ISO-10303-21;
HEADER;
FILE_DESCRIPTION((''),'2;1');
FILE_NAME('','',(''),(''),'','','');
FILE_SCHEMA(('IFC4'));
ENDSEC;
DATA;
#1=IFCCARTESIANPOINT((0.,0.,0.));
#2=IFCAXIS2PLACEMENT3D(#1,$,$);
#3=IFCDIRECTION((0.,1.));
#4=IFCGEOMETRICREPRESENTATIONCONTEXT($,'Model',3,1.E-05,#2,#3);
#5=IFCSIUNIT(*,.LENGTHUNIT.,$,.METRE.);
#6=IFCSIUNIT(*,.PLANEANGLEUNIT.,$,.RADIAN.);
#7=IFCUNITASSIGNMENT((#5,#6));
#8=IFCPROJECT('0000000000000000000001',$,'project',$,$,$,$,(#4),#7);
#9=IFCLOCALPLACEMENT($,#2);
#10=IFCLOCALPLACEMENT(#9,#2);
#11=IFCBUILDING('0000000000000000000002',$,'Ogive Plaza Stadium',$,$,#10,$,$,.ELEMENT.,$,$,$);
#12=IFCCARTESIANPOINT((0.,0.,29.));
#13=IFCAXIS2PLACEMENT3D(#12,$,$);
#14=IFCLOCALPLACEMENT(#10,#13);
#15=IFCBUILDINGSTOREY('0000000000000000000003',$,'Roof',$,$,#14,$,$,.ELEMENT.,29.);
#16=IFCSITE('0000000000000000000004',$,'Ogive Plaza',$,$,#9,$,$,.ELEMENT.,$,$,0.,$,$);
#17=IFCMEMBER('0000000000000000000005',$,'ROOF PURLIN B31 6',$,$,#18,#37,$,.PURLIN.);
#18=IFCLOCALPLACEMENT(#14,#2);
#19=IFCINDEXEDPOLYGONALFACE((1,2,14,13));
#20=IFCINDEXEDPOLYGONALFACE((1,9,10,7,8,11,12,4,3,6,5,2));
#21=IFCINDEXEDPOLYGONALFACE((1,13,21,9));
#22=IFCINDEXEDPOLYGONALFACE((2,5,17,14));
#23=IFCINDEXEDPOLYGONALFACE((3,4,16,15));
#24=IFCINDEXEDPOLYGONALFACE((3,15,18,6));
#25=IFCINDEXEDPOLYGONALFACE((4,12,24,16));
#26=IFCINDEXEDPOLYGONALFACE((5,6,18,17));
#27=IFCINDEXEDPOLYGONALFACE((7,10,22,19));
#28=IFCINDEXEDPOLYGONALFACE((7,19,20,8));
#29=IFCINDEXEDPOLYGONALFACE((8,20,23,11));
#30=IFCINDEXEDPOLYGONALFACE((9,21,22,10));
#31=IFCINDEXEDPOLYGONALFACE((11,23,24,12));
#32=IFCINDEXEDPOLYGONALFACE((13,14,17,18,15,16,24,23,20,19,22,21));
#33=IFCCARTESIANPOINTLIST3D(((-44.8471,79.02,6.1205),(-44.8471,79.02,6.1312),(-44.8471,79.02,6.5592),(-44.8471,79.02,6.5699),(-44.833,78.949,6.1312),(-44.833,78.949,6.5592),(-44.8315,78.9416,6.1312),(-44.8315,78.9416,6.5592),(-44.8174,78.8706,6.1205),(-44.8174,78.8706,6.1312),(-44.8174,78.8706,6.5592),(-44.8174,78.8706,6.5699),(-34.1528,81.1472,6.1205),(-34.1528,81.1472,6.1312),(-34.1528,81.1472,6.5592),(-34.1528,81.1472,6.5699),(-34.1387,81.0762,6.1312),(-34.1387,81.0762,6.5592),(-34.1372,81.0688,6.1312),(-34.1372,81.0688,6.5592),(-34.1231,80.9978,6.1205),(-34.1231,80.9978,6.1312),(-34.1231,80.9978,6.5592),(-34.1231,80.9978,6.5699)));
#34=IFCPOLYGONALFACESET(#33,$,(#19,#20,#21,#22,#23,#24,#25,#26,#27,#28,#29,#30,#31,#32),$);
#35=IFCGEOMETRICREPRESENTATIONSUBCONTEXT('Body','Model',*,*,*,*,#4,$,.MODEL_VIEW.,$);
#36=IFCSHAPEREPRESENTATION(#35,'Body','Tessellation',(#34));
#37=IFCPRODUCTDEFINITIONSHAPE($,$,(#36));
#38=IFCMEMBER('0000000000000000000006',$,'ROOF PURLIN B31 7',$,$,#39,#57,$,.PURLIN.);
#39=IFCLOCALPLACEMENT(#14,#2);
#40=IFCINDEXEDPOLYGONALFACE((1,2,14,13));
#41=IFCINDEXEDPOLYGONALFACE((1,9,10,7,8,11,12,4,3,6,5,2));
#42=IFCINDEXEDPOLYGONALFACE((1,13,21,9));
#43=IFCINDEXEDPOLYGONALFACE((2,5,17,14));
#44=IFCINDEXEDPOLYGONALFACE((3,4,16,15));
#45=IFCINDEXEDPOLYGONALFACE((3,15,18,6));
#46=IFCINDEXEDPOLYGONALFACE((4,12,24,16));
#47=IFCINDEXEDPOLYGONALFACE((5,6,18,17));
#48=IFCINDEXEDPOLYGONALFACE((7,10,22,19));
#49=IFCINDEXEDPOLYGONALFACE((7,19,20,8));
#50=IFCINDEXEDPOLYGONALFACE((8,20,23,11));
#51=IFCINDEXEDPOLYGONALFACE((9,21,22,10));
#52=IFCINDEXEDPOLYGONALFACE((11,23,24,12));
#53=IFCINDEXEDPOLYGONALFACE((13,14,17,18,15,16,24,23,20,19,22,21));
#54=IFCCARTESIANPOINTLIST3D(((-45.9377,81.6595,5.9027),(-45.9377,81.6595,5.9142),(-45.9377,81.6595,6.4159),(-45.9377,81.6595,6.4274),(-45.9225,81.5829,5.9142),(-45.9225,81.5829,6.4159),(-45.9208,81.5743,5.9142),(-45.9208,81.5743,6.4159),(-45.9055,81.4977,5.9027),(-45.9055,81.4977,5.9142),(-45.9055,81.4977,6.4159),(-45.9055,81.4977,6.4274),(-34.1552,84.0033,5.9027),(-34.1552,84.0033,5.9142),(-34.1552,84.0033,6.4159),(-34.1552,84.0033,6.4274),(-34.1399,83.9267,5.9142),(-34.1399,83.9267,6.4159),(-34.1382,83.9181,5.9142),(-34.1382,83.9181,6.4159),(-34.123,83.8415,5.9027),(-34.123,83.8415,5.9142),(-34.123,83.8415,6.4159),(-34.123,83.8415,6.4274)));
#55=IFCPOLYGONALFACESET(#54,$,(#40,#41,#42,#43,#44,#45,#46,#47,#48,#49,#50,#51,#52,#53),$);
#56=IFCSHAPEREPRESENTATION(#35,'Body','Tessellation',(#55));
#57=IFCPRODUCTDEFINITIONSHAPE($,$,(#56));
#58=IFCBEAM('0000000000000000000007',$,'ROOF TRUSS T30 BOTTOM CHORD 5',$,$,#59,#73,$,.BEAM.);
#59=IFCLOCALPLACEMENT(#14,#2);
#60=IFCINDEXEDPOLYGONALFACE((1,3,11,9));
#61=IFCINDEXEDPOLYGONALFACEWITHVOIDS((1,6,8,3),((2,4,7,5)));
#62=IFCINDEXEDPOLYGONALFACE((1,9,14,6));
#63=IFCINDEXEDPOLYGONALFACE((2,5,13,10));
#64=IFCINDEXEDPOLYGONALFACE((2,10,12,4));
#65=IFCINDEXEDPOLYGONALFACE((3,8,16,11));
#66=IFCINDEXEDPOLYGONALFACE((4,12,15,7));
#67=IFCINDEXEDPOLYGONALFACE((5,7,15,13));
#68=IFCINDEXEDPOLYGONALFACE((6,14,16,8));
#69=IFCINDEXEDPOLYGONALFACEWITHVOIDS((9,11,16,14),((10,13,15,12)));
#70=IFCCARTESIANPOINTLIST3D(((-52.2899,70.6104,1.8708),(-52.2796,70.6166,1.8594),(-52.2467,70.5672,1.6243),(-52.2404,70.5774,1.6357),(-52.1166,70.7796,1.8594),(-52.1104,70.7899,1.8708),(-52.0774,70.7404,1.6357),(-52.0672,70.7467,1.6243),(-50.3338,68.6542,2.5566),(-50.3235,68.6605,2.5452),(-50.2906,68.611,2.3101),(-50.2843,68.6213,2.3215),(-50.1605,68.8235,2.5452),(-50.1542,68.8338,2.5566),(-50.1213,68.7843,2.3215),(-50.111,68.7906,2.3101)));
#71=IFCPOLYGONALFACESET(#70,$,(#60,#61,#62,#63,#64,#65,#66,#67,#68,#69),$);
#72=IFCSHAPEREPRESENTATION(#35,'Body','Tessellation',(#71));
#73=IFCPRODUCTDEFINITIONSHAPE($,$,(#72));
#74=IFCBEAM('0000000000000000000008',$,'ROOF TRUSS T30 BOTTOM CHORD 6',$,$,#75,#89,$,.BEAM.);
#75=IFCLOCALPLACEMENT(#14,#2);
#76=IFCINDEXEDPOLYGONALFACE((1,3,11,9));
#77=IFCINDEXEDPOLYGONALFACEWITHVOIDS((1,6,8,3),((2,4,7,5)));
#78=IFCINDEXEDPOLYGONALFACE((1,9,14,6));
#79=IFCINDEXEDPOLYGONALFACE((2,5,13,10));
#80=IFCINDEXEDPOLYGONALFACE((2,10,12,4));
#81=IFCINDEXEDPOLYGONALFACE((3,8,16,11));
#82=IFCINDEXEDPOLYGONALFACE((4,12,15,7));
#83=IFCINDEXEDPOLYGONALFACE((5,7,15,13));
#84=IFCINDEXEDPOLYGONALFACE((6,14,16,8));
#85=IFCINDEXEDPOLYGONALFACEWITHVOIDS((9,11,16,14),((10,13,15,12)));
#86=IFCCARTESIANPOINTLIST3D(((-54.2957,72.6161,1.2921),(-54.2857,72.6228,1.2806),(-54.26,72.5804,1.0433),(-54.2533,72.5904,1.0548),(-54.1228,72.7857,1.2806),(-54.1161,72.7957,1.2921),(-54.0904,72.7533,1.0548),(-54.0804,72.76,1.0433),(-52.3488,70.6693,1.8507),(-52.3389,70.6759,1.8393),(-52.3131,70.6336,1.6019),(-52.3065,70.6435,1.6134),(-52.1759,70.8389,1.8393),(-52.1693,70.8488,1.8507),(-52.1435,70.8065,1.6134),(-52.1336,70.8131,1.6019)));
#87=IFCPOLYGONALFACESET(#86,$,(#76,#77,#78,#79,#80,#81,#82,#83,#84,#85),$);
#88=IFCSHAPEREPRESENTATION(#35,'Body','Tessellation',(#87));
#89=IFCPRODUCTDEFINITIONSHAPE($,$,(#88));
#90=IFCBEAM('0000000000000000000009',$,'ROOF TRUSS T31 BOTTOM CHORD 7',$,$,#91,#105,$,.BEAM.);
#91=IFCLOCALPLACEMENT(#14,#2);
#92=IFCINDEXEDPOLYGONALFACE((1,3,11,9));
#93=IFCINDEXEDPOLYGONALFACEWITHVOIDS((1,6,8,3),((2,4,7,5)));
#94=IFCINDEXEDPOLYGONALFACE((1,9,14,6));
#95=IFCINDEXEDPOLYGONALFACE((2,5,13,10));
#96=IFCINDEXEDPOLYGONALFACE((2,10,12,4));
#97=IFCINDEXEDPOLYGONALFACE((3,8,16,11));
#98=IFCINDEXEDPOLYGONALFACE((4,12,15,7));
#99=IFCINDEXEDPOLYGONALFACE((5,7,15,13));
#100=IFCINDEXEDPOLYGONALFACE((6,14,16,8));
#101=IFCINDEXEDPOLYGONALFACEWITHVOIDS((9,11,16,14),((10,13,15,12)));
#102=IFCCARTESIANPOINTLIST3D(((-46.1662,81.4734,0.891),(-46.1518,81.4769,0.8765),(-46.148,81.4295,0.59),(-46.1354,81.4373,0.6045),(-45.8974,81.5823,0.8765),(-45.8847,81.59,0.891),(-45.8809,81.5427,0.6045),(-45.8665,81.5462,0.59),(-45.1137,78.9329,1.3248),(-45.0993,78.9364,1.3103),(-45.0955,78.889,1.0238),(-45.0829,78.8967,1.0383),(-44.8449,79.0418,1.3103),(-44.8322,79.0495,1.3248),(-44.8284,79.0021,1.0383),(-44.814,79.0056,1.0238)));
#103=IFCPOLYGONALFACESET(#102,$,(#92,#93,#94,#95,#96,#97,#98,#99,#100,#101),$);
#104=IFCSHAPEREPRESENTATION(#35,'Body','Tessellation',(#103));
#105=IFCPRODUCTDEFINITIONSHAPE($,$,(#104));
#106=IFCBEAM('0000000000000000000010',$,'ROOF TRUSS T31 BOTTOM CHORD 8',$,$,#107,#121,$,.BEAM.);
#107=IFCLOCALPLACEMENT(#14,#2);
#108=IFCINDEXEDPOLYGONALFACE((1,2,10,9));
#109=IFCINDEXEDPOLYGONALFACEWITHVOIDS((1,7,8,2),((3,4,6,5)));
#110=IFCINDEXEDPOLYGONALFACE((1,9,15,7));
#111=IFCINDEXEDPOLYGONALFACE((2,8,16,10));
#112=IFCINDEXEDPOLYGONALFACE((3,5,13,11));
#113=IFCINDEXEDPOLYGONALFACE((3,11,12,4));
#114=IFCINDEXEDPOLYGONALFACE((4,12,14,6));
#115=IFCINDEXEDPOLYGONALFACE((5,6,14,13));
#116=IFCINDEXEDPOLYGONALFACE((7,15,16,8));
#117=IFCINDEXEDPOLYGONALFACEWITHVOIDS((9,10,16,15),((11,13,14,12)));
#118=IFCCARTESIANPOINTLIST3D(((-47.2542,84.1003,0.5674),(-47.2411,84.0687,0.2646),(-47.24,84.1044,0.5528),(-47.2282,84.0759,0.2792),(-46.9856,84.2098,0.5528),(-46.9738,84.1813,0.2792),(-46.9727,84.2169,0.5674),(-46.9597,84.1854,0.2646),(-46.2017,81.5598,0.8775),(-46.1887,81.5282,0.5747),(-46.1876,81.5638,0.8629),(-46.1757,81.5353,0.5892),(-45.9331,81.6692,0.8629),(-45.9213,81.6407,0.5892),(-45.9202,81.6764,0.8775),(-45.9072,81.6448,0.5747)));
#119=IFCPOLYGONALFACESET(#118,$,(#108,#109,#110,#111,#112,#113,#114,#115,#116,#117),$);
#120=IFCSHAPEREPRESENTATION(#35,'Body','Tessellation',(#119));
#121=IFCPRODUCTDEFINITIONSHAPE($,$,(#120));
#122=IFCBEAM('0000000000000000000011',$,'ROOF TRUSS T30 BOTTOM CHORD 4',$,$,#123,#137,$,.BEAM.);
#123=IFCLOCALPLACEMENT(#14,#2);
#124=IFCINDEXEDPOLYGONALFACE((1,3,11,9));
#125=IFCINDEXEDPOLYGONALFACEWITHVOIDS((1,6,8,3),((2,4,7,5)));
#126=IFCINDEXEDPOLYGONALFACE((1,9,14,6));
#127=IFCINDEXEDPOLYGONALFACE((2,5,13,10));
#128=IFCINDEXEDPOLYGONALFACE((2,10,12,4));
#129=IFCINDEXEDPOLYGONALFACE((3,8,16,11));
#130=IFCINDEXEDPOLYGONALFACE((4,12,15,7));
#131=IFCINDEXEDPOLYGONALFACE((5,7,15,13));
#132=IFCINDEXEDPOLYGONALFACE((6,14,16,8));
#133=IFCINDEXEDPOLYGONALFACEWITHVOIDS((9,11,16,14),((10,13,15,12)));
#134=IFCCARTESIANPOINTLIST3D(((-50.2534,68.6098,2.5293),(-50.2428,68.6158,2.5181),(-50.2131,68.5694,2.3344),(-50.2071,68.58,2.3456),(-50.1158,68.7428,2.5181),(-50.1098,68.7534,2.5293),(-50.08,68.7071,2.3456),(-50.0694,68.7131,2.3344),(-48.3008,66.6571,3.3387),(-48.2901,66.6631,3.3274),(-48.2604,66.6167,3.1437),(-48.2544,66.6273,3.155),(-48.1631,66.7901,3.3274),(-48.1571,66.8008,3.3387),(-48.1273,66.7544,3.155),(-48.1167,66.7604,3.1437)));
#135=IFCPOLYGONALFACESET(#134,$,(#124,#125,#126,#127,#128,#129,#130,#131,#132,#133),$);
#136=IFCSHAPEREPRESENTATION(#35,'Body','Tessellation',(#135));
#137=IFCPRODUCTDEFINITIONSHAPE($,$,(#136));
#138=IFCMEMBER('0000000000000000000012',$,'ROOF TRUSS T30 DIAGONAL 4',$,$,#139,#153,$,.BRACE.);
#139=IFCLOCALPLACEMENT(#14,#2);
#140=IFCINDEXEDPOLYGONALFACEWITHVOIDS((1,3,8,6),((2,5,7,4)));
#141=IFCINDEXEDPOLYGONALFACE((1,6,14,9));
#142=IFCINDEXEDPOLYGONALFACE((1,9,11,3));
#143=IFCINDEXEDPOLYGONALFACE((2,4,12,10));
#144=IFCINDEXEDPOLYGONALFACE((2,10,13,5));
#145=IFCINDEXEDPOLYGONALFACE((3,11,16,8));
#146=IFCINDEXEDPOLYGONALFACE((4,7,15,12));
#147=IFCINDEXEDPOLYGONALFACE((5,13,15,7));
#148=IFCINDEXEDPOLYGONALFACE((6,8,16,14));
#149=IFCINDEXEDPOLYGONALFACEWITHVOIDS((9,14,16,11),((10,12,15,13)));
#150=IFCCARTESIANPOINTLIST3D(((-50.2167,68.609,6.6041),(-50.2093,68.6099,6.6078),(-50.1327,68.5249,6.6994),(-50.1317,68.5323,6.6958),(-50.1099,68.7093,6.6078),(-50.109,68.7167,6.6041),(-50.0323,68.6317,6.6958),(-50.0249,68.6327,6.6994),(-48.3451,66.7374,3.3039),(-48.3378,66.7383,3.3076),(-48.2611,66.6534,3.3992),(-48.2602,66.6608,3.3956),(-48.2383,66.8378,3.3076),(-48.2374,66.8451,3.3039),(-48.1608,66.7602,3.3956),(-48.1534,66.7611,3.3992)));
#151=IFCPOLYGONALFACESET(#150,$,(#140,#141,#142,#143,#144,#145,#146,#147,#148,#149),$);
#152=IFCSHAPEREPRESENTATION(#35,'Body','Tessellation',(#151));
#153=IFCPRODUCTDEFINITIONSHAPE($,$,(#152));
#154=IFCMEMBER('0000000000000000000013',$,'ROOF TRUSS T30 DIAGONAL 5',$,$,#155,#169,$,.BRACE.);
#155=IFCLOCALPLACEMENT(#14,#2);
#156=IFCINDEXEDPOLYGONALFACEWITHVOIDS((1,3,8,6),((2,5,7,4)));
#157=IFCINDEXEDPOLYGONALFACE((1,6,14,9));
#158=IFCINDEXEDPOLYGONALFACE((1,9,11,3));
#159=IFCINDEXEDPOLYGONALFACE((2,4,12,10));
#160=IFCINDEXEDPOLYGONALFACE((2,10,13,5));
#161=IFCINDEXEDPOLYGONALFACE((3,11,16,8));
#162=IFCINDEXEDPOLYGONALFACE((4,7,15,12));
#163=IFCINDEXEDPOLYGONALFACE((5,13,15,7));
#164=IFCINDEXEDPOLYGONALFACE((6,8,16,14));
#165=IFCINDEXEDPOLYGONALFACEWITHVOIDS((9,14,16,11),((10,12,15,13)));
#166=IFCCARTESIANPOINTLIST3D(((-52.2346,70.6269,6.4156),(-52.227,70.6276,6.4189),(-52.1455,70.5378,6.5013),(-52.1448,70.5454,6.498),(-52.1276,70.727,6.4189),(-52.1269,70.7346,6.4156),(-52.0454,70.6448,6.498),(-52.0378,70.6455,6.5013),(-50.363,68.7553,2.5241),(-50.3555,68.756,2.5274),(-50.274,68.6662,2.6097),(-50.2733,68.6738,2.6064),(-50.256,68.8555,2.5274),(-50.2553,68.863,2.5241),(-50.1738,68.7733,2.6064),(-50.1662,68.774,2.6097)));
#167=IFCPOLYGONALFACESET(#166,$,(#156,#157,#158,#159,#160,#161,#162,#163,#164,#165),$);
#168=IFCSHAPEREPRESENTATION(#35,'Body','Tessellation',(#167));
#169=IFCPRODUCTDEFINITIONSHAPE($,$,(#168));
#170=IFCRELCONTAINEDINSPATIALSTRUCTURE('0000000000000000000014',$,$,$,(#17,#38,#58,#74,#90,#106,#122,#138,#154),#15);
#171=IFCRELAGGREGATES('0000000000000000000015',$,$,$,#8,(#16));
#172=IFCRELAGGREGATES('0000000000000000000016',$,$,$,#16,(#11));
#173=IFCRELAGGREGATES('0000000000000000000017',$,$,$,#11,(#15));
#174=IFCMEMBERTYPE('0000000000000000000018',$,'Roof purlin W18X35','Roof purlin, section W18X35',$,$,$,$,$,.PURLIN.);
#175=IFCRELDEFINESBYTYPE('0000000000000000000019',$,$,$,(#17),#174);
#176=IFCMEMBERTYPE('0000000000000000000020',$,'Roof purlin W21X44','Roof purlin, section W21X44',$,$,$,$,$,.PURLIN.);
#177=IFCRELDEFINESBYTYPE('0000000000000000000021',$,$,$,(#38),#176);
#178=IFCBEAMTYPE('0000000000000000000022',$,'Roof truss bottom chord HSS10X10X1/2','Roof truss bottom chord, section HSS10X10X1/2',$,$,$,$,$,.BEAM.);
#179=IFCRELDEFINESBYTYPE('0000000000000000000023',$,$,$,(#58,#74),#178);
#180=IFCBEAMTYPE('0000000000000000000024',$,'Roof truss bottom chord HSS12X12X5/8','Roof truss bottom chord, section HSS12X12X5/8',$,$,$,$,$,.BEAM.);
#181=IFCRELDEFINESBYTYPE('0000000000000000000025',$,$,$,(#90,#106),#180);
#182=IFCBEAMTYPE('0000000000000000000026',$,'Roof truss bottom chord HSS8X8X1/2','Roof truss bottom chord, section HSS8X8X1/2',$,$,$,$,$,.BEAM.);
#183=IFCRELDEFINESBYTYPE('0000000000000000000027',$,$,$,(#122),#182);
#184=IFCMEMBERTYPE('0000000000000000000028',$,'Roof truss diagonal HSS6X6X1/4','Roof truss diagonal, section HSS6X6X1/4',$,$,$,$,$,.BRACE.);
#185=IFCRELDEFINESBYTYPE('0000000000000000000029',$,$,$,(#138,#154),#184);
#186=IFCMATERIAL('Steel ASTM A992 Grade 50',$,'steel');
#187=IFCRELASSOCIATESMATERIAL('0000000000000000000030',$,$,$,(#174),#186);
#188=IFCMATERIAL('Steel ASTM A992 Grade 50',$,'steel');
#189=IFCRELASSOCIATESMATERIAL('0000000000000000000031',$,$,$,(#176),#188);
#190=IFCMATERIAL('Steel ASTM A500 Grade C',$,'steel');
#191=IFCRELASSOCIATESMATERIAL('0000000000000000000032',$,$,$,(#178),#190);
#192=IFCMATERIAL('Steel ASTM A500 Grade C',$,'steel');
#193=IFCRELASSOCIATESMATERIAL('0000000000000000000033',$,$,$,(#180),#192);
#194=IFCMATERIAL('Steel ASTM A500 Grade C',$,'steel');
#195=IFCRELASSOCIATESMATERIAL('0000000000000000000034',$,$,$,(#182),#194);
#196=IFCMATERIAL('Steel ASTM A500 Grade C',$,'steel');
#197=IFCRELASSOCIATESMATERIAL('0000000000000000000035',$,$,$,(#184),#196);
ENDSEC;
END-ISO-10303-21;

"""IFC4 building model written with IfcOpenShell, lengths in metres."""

from ifc_helpers import new_model, si_unit, direction, frame, origin, origin_2d, place, context, subcontext, project, spatial, hollow_rectangle, i_section, extrude, material, material_profile, profile_set, type_object, element, save


model = new_model("IFC4")

# Units and contexts
model_context = context("Model", 3, precision=1e-05, world=origin(), true_north=direction((0.0, 1.0)))
body_context = subcontext(model_context, "Body", "Model", "MODEL_VIEW")
ifc_project = project(units=[si_unit("LENGTHUNIT", "METRE"), si_unit("PLANEANGLEUNIT", "RADIAN")], contexts=[model_context])

# Site, building, storey
site_placement = place(None, origin())
site = spatial("IfcSite", under=ifc_project, at=site_placement, Name="Ogive Plaza", CompositionType="ELEMENT", RefElevation=0.0)
building_placement = place(site_placement, origin())
building = spatial("IfcBuilding", under=site, at=building_placement, Name="Ogive Plaza Stadium", CompositionType="ELEMENT")
storey_placement = place(building_placement, frame((0.0, 0.0, 29.0)))
storey = spatial("IfcBuildingStorey", under=building, at=storey_placement, Name="Roof", CompositionType="ELEMENT", Elevation=29.0)

# Members
ifc_material_1 = material(Name="Steel ASTM A992 Grade 50", Category="steel")
ifc_material_profile_1 = material_profile(ifc_material_1, i_section(OverallWidth=0.1523, OverallDepth=0.4495, WebThickness=0.0076, FlangeThickness=0.0107, at=origin_2d()), Name="W18X35")
ifc_profile_set_1 = profile_set([ifc_material_profile_1], Name="Steel ASTM A992 Grade 50")
member_type_1 = type_object("IfcMemberType", Name="Roof purlin W18X35", Description="Roof purlin, section W18X35", PredefinedType="PURLIN", material=ifc_profile_set_1)
member_1_placement = place(storey_placement, frame((-44.8323, 78.9453, 6.3452), z_axis=(0.980786, 0.195087, 0.0), x_axis=(-0.195087, 0.980786, 0.0)))
element("IfcMember", 1, at=member_1_placement, inside=storey, type_object=member_type_1, Name="ROOF PURLIN B31 6", PredefinedType="PURLIN", context=body_context, shape_type="SweptSolid", body=[
    extrude(i_section(OverallWidth=0.1523, OverallDepth=0.4495, WebThickness=0.0076, FlangeThickness=0.0107, at=origin_2d()), origin(), (0.0, 0.0, 1.0), 10.9038),
])
ifc_material_2 = material(Name="Steel ASTM A992 Grade 50", Category="steel")
ifc_material_profile_2 = material_profile(ifc_material_2, i_section(OverallWidth=0.165, OverallDepth=0.5247, WebThickness=0.0088, FlangeThickness=0.0115, at=origin_2d()), Name="W21X44")
ifc_profile_set_2 = profile_set([ifc_material_profile_2], Name="Steel ASTM A992 Grade 50")
member_type_2 = type_object("IfcMemberType", Name="Roof purlin W21X44", Description="Roof purlin, section W21X44", PredefinedType="PURLIN", material=ifc_profile_set_2)
member_2_placement = place(storey_placement, frame((-45.9216, 81.5786, 6.165), z_axis=(0.980784, 0.195096, 0.0), x_axis=(-0.195096, 0.980784, 0.0)))
element("IfcMember", 2, at=member_2_placement, inside=storey, type_object=member_type_2, Name="ROOF PURLIN B31 7", PredefinedType="PURLIN", context=body_context, shape_type="SweptSolid", body=[
    extrude(i_section(OverallWidth=0.165, OverallDepth=0.5247, WebThickness=0.0088, FlangeThickness=0.0115, at=origin_2d()), origin(), (0.0, 0.0, 1.0), 12.0134),
])

# Beams
ifc_material_3 = material(Name="Steel ASTM A500 Grade C", Category="steel")
ifc_material_profile_3 = material_profile(ifc_material_3, hollow_rectangle(XDim=0.2539, YDim=0.2539, WallThickness=0.0117, at=origin_2d()), Name="HSS10X10X1/2")
ifc_profile_set_3 = profile_set([ifc_material_profile_3], Name="Steel ASTM A500 Grade C")
beam_type_1 = type_object("IfcBeamType", Name="Roof truss bottom chord HSS10X10X1/2", Description="Roof truss bottom chord, section HSS10X10X1/2", PredefinedType="BEAM", material=ifc_profile_set_3)
beam_1_placement = place(storey_placement, frame((-50.2224, 68.7224, 2.4333), z_axis=(-0.68633, 0.68633, -0.240627), x_axis=(-0.707107, -0.707107, 0.0)))
element("IfcBeam", 3, at=beam_1_placement, inside=storey, type_object=beam_type_1, Name="ROOF TRUSS T30 BOTTOM CHORD 5", PredefinedType="BEAM", context=body_context, shape_type="SweptSolid", body=[
    extrude(hollow_rectangle(XDim=0.2539, YDim=0.2539, WallThickness=0.0117, at=origin_2d()), origin(), (0.0, 0.0, 1.0), 2.8501),
])
beam_2_placement = place(storey_placement, frame((-52.2412, 70.7412, 1.7263), z_axis=(-0.692987, 0.692987, -0.198841), x_axis=(-0.707107, -0.707107, 0.0)))
element("IfcBeam", 4, at=beam_2_placement, inside=storey, type_object=beam_type_1, Name="ROOF TRUSS T30 BOTTOM CHORD 6", PredefinedType="BEAM", context=body_context, shape_type="SweptSolid", body=[
    extrude(hollow_rectangle(XDim=0.2539, YDim=0.2539, WallThickness=0.0117, at=origin_2d()), origin(), (0.0, 0.0, 1.0), 2.8093),
])
ifc_material_4 = material(Name="Steel ASTM A500 Grade C", Category="steel")
ifc_material_profile_4 = material_profile(ifc_material_4, hollow_rectangle(XDim=0.3047, YDim=0.3047, WallThickness=0.0146, at=origin_2d()), Name="HSS12X12X5/8")
ifc_profile_set_4 = profile_set([ifc_material_profile_4], Name="Steel ASTM A500 Grade C")
beam_type_2 = type_object("IfcBeamType", Name="Roof truss bottom chord HSS12X12X5/8", Description="Roof truss bottom chord, section HSS12X12X5/8", PredefinedType="BEAM", material=ifc_profile_set_4)
beam_3_placement = place(storey_placement, frame((-44.9639, 78.9692, 1.1743), z_axis=(-0.37806, 0.912571, -0.155837), x_axis=(-0.923858, -0.382736, 0.0)))
element("IfcBeam", 5, at=beam_3_placement, inside=storey, type_object=beam_type_2, Name="ROOF TRUSS T31 BOTTOM CHORD 7", PredefinedType="BEAM", context=body_context, shape_type="SweptSolid", body=[
    extrude(hollow_rectangle(XDim=0.3047, YDim=0.3047, WallThickness=0.0146, at=origin_2d()), origin(), (0.0, 0.0, 1.0), 2.7839),
])
beam_4_placement = place(storey_placement, frame((-46.0544, 81.6023, 0.7261), z_axis=(-0.380326, 0.918041, -0.112042), x_axis=(-0.923858, -0.382736, 0.0)))
element("IfcBeam", 6, at=beam_4_placement, inside=storey, type_object=beam_type_2, Name="ROOF TRUSS T31 BOTTOM CHORD 8", PredefinedType="BEAM", context=body_context, shape_type="SweptSolid", body=[
    extrude(hollow_rectangle(XDim=0.3047, YDim=0.3047, WallThickness=0.0146, at=origin_2d()), origin(), (0.0, 0.0, 1.0), 2.7673),
])
ifc_material_5 = material(Name="Steel ASTM A500 Grade C", Category="steel")
ifc_material_profile_5 = material_profile(ifc_material_5, hollow_rectangle(XDim=0.2031, YDim=0.2031, WallThickness=0.0117, at=origin_2d()), Name="HSS8X8X1/2")
ifc_profile_set_5 = profile_set([ifc_material_profile_5], Name="Steel ASTM A500 Grade C")
beam_type_3 = type_object("IfcBeamType", Name="Roof truss bottom chord HSS8X8X1/2", Description="Roof truss bottom chord, section HSS8X8X1/2", PredefinedType="BEAM", material=ifc_profile_set_5)
beam_5_placement = place(storey_placement, frame((-48.2087, 66.7087, 3.2412), z_axis=(-0.678564, 0.678564, -0.28125), x_axis=(-0.707107, -0.707107, 0.0)))
element("IfcBeam", 7, at=beam_5_placement, inside=storey, type_object=beam_type_3, Name="ROOF TRUSS T30 BOTTOM CHORD 4", PredefinedType="BEAM", context=body_context, shape_type="SweptSolid", body=[
    extrude(hollow_rectangle(XDim=0.2031, YDim=0.2031, WallThickness=0.0117, at=origin_2d()), origin(), (0.0, 0.0, 1.0), 2.8777),
])

# Members
ifc_material_6 = material(Name="Steel ASTM A500 Grade C", Category="steel")
ifc_material_profile_6 = material_profile(ifc_material_6, hollow_rectangle(XDim=0.1523, YDim=0.1523, WallThickness=0.0059, at=origin_2d()), Name="HSS6X6X1/4")
ifc_profile_set_6 = profile_set([ifc_material_profile_6], Name="Steel ASTM A500 Grade C")
member_type_3 = type_object("IfcMemberType", Name="Roof truss diagonal HSS6X6X1/4", Description="Roof truss diagonal, section HSS6X6X1/4", PredefinedType="BRACE", material=ifc_profile_set_6)
member_3_placement = place(storey_placement, frame((-48.2493, 66.7493, 3.3516), z_axis=(-0.442397, 0.442397, 0.780109), x_axis=(-0.707107, -0.707107, 0.0)))
element("IfcMember", 8, at=member_3_placement, inside=storey, type_object=member_type_3, Name="ROOF TRUSS T30 DIAGONAL 4", PredefinedType="BRACE", context=body_context, shape_type="SweptSolid", body=[
    extrude(hollow_rectangle(XDim=0.1523, YDim=0.1523, WallThickness=0.0059, at=origin_2d()), origin(), (0.0, 0.0, 1.0), 4.2305),
])
member_4_placement = place(storey_placement, frame((-50.2646, 68.7646, 2.5669), z_axis=(-0.397667, 0.397667, 0.826874), x_axis=(-0.707107, -0.707107, 0.0)))
element("IfcMember", 9, at=member_4_placement, inside=storey, type_object=member_type_3, Name="ROOF TRUSS T30 DIAGONAL 5", PredefinedType="BRACE", context=body_context, shape_type="SweptSolid", body=[
    extrude(hollow_rectangle(XDim=0.1523, YDim=0.1523, WallThickness=0.0059, at=origin_2d()), origin(), (0.0, 0.0, 1.0), 4.7063),
])

save(model, "model.ifc")
